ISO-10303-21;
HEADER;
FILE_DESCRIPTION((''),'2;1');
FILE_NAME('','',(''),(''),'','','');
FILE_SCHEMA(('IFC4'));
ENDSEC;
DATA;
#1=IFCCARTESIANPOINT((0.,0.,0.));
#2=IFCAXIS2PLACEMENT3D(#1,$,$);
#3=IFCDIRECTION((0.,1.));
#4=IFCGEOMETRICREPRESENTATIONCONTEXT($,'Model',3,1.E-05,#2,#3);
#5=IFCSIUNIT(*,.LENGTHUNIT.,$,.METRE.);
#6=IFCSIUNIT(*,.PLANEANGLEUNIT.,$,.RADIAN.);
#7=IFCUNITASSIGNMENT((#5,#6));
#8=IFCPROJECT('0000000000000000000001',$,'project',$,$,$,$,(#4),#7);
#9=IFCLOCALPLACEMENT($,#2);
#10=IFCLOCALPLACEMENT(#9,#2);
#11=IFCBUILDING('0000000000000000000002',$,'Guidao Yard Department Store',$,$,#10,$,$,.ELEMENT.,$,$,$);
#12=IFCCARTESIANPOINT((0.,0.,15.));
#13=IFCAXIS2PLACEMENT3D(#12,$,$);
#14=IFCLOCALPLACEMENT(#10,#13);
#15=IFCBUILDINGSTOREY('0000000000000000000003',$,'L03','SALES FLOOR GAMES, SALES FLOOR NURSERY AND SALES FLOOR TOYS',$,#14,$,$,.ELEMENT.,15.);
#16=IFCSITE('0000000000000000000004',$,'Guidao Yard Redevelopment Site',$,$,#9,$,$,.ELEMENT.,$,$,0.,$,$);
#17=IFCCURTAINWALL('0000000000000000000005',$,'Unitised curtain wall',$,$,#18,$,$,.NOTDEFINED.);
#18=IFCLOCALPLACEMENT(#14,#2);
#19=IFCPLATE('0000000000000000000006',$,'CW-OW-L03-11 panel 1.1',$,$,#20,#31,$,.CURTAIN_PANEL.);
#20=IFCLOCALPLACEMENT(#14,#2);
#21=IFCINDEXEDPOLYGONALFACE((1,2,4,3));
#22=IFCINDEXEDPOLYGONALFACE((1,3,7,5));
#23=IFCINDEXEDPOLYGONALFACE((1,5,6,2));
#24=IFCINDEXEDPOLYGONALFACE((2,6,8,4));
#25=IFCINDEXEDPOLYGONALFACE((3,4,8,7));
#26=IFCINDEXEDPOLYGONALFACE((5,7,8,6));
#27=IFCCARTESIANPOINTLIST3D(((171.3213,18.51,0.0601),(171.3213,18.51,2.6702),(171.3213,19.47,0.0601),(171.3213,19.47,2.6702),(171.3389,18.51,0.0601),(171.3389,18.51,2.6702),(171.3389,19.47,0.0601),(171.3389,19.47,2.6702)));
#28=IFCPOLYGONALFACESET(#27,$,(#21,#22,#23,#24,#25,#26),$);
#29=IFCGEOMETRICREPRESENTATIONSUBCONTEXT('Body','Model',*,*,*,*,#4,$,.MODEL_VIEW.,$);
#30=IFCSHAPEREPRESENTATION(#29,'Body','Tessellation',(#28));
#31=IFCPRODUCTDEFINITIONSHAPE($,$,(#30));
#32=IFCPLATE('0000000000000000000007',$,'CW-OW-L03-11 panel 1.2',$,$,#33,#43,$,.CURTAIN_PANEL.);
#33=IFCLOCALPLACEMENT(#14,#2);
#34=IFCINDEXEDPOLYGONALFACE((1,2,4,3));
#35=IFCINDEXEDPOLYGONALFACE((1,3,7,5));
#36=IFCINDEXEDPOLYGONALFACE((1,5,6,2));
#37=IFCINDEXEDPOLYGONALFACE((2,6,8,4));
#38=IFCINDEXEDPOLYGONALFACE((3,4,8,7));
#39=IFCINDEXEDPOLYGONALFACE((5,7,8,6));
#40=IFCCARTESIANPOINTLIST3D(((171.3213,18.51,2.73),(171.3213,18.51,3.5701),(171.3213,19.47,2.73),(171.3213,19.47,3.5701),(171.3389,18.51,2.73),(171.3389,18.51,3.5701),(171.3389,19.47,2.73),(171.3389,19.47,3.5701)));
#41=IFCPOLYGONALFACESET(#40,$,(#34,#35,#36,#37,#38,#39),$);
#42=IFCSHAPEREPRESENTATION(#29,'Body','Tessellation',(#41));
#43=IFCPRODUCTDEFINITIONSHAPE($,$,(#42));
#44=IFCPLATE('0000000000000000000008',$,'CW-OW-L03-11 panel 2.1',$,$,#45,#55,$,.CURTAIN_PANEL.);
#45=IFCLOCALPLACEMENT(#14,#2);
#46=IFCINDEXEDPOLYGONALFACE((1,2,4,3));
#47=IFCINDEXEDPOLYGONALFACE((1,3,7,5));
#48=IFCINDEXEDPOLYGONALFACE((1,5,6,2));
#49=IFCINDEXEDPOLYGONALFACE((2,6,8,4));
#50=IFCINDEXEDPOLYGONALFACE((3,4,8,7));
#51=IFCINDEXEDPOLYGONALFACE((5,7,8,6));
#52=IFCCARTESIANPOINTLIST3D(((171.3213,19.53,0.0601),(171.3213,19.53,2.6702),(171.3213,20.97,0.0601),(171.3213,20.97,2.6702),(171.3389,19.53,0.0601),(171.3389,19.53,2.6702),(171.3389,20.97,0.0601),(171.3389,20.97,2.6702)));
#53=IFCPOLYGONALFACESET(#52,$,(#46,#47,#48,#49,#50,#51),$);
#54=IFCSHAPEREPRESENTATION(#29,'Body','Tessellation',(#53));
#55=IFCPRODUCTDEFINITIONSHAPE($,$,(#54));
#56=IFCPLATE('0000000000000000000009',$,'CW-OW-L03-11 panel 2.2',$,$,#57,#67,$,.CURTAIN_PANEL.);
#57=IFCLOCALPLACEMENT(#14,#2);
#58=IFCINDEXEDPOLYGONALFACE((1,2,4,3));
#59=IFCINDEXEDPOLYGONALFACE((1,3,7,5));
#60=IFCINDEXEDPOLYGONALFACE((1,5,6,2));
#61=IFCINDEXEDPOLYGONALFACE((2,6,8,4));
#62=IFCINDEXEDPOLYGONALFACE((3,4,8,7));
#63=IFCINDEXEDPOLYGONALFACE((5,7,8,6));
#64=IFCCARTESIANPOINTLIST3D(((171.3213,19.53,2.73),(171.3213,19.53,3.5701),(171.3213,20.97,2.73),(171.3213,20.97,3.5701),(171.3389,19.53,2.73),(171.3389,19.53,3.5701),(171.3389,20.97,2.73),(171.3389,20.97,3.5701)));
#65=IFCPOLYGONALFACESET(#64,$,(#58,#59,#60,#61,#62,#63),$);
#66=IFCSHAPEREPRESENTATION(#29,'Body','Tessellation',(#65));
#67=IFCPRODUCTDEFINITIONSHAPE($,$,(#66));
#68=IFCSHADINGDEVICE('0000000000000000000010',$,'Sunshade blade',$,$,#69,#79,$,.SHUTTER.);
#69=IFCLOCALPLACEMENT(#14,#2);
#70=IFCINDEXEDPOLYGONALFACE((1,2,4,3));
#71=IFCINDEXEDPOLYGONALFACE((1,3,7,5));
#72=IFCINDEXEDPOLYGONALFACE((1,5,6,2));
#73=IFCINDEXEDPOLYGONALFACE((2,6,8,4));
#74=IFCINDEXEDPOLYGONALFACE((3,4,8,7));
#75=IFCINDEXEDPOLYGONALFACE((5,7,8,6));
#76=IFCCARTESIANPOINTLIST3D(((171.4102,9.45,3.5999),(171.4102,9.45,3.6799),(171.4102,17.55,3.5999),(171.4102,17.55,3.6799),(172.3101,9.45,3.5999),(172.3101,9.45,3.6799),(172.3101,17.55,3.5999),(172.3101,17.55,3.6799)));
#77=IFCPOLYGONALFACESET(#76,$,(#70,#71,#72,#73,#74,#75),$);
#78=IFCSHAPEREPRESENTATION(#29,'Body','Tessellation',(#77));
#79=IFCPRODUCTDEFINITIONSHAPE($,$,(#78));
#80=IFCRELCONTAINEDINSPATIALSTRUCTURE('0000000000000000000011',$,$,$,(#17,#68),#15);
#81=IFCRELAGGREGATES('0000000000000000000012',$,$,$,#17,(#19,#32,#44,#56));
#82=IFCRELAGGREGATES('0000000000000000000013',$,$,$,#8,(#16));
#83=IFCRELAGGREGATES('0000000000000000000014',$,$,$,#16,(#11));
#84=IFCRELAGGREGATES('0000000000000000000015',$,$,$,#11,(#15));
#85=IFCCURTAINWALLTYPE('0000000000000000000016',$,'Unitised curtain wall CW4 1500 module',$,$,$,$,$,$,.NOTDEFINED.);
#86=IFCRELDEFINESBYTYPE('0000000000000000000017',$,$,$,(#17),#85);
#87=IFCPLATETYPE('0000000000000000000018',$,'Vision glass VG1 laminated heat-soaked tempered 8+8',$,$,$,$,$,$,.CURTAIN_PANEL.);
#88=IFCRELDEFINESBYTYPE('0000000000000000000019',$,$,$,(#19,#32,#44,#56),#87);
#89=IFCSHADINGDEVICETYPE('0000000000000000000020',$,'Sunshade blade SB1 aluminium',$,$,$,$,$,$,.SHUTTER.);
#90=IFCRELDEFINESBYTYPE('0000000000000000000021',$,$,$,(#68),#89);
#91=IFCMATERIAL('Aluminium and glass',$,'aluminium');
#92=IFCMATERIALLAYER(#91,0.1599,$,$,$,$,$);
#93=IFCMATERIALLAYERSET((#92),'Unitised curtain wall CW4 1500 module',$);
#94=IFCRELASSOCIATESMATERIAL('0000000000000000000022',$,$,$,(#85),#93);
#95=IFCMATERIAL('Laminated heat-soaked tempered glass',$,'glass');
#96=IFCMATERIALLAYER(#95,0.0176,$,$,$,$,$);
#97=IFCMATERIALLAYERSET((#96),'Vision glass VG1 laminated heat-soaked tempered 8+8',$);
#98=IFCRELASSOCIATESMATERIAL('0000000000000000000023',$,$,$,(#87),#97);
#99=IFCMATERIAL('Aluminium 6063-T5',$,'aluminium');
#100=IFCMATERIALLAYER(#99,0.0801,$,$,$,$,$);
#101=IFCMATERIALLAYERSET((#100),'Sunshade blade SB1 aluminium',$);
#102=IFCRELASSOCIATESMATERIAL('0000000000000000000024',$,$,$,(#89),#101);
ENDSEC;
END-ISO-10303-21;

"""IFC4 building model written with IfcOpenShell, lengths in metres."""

from ifc_helpers import new_model, si_unit, direction, frame, origin, origin_2d, place, context, subcontext, project, spatial, rectangle, extrude, material, layer, layer_set, type_object, element, aggregate, save


model = new_model("IFC4")

# Units and contexts
model_context = context("Model", 3, precision=1e-05, world=origin(), true_north=direction((0.0, 1.0)))
body_context = subcontext(model_context, "Body", "Model", "MODEL_VIEW")
ifc_project = project(units=[si_unit("LENGTHUNIT", "METRE"), si_unit("PLANEANGLEUNIT", "RADIAN")], contexts=[model_context])

# Site, building, storey
site_placement = place(None, origin())
site = spatial("IfcSite", under=ifc_project, at=site_placement, Name="Guidao Yard Redevelopment Site", CompositionType="ELEMENT", RefElevation=0.0)
building_placement = place(site_placement, origin())
building = spatial("IfcBuilding", under=site, at=building_placement, Name="Guidao Yard Department Store", CompositionType="ELEMENT")
storey_placement = place(building_placement, frame((0.0, 0.0, 15.0)))
storey = spatial("IfcBuildingStorey", under=building, at=storey_placement, Name="L03", Description="SALES FLOOR GAMES, SALES FLOOR NURSERY AND SALES FLOOR TOYS", CompositionType="ELEMENT", Elevation=15.0)

# Curtain wall
ifc_material_1 = material(Name="Aluminium and glass", Category="aluminium")
ifc_layer_1 = layer(ifc_material_1, 0.1599)
ifc_layer_set_1 = layer_set([ifc_layer_1], Name="Unitised curtain wall CW4 1500 module")
curtain_wall_type = type_object("IfcCurtainWallType", Name="Unitised curtain wall CW4 1500 module", PredefinedType="NOTDEFINED", material=ifc_layer_set_1)
curtain_wall_1_placement = place(storey_placement, origin())
curtain_wall_1 = element("IfcCurtainWall", 1, at=curtain_wall_1_placement, inside=storey, type_object=curtain_wall_type, Name="Unitised curtain wall", PredefinedType="NOTDEFINED")

# Plates
ifc_material_2 = material(Name="Laminated heat-soaked tempered glass", Category="glass")
ifc_layer_2 = layer(ifc_material_2, 0.0176)
ifc_layer_set_2 = layer_set([ifc_layer_2], Name="Vision glass VG1 laminated heat-soaked tempered 8+8")
plate_type_1 = type_object("IfcPlateType", Name="Vision glass VG1 laminated heat-soaked tempered 8+8", PredefinedType="CURTAIN_PANEL", material=ifc_layer_set_2)
plate_1_placement = place(storey_placement, frame((171.3301, 18.99, 0.0601), z_axis=(0.0, 0.0, 1.0), x_axis=(0.0, -1.0, 0.0)))
plate_1 = element("IfcPlate", 2, at=plate_1_placement, type_object=plate_type_1, Name="CW-OW-L03-11 panel 1.1", PredefinedType="CURTAIN_PANEL", context=body_context, shape_type="SweptSolid", body=[
    extrude(rectangle(XDim=0.96, YDim=0.0176, at=origin_2d()), origin(), (0.0, 0.0, 1.0), 2.6101),
])
plate_2_placement = place(storey_placement, frame((171.3301, 18.99, 2.73), z_axis=(0.0, 0.0, 1.0), x_axis=(0.0, -1.0, 0.0)))
plate_2 = element("IfcPlate", 3, at=plate_2_placement, type_object=plate_type_1, Name="CW-OW-L03-11 panel 1.2", PredefinedType="CURTAIN_PANEL", context=body_context, shape_type="SweptSolid", body=[
    extrude(rectangle(XDim=0.96, YDim=0.0176, at=origin_2d()), origin(), (0.0, 0.0, 1.0), 0.8401),
])
plate_3_placement = place(storey_placement, frame((171.3301, 20.25, 0.0601), z_axis=(0.0, 0.0, 1.0), x_axis=(0.0, -1.0, 0.0)))
plate_3 = element("IfcPlate", 4, at=plate_3_placement, type_object=plate_type_1, Name="CW-OW-L03-11 panel 2.1", PredefinedType="CURTAIN_PANEL", context=body_context, shape_type="SweptSolid", body=[
    extrude(rectangle(XDim=1.4399, YDim=0.0176, at=origin_2d()), origin(), (0.0, 0.0, 1.0), 2.6101),
])
plate_4_placement = place(storey_placement, frame((171.3301, 20.25, 2.73), z_axis=(0.0, 0.0, 1.0), x_axis=(0.0, -1.0, 0.0)))
plate_4 = element("IfcPlate", 5, at=plate_4_placement, type_object=plate_type_1, Name="CW-OW-L03-11 panel 2.2", PredefinedType="CURTAIN_PANEL", context=body_context, shape_type="SweptSolid", body=[
    extrude(rectangle(XDim=1.4399, YDim=0.0176, at=origin_2d()), origin(), (0.0, 0.0, 1.0), 0.8401),
])
aggregate(curtain_wall_1, [plate_1, plate_2, plate_3, plate_4])

# Shading device
ifc_material_3 = material(Name="Aluminium 6063-T5", Category="aluminium")
ifc_layer_3 = layer(ifc_material_3, 0.0801)
ifc_layer_set_3 = layer_set([ifc_layer_3], Name="Sunshade blade SB1 aluminium")
shading_device_type = type_object("IfcShadingDeviceType", Name="Sunshade blade SB1 aluminium", PredefinedType="SHUTTER", material=ifc_layer_set_3)
shading_device_placement = place(storey_placement, frame((171.8601, 13.5, 3.5999), z_axis=(0.0, 0.0, 1.0), x_axis=(0.0, -1.0, 0.0)))
element("IfcShadingDevice", 6, at=shading_device_placement, inside=storey, type_object=shading_device_type, Name="Sunshade blade", PredefinedType="SHUTTER", context=body_context, shape_type="SweptSolid", body=[
    extrude(rectangle(XDim=8.1001, YDim=0.8999, at=origin_2d()), origin(), (0.0, 0.0, 1.0), 0.0801),
])

save(model, "model.ifc")
